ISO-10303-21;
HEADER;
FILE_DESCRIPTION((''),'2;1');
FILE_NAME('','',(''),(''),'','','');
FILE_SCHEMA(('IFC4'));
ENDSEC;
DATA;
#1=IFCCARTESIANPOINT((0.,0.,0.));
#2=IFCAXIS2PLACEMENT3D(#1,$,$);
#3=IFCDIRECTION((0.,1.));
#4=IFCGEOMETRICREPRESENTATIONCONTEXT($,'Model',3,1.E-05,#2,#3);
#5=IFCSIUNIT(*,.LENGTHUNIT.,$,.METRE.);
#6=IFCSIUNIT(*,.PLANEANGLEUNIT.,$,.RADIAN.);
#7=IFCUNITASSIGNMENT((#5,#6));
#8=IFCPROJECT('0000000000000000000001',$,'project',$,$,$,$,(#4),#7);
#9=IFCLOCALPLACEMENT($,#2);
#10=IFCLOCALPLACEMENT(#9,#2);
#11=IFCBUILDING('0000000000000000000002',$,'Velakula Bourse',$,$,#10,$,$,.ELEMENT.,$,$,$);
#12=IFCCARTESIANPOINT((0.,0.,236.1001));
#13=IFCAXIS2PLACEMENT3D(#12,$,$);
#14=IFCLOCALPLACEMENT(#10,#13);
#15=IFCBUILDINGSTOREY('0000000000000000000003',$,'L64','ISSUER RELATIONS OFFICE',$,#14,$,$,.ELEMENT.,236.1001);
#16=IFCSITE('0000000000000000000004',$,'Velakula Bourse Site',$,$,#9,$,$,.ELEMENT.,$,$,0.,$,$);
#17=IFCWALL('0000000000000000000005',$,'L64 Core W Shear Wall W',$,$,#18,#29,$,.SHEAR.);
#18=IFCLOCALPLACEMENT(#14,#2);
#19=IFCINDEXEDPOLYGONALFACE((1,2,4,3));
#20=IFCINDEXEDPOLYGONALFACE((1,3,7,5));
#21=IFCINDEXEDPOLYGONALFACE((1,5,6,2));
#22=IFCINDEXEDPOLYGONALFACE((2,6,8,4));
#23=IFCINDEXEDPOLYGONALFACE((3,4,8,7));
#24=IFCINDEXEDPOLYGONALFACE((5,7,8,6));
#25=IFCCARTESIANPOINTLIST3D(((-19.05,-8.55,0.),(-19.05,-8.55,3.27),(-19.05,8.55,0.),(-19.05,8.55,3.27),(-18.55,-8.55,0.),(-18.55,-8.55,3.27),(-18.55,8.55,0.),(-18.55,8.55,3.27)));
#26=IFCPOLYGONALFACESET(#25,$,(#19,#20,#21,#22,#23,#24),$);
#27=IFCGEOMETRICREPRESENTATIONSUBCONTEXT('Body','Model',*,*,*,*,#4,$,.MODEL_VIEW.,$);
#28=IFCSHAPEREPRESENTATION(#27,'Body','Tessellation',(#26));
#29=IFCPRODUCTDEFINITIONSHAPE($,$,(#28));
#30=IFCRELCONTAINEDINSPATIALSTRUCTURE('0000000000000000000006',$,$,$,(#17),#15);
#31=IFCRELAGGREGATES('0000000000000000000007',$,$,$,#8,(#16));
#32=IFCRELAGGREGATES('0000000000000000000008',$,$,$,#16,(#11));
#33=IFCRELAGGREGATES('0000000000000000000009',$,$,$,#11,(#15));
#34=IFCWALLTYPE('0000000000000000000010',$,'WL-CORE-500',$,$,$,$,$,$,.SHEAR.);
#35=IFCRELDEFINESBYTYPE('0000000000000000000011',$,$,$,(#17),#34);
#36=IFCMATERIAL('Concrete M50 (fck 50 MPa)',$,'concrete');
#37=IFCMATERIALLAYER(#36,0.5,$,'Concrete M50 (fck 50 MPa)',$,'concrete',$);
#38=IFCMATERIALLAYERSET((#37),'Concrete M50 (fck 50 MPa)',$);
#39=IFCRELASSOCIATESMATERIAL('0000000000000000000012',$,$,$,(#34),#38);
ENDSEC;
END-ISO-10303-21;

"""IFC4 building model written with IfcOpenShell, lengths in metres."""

from ifc_helpers import new_model, si_unit, direction, frame, frame_2d, origin, place, context, subcontext, project, spatial, rectangle, extrude, material, layer, layer_set, type_object, element, save


model = new_model("IFC4")

# Units and contexts
model_context = context("Model", 3, precision=1e-05, world=origin(), true_north=direction((0.0, 1.0)))
body_context = subcontext(model_context, "Body", "Model", "MODEL_VIEW")
ifc_project = project(units=[si_unit("LENGTHUNIT", "METRE"), si_unit("PLANEANGLEUNIT", "RADIAN")], contexts=[model_context])

# Site, building, storey
site_placement = place(None, origin())
site = spatial("IfcSite", under=ifc_project, at=site_placement, Name="Velakula Bourse Site", CompositionType="ELEMENT", RefElevation=0.0)
building_placement = place(site_placement, origin())
building = spatial("IfcBuilding", under=site, at=building_placement, Name="Velakula Bourse", CompositionType="ELEMENT")
storey_placement = place(building_placement, frame((0.0, 0.0, 236.1001)))
storey = spatial("IfcBuildingStorey", under=building, at=storey_placement, Name="L64", Description="ISSUER RELATIONS OFFICE", CompositionType="ELEMENT", Elevation=236.1001)

# Wall
ifc_material_1 = material(Name="Concrete M50 (fck 50 MPa)", Category="concrete")
ifc_layer = layer(ifc_material_1, 0.5, Name="Concrete M50 (fck 50 MPa)", Category="concrete")
ifc_layer_set = layer_set([ifc_layer], Name="Concrete M50 (fck 50 MPa)")
wall_type = type_object("IfcWallType", Name="WL-CORE-500", PredefinedType="SHEAR", material=ifc_layer_set)
wall_placement = place(storey_placement, frame((-18.8, -8.55, 0.0), z_axis=(0.0, 0.0, 1.0), x_axis=(0.0, 1.0, 0.0)))
element("IfcWall", 1, at=wall_placement, inside=storey, type_object=wall_type, Name="L64 Core W Shear Wall W", PredefinedType="SHEAR", context=body_context, shape_type="SweptSolid", body=[
    extrude(rectangle(XDim=17.1001, YDim=0.5, at=frame_2d((8.55, 0.0))), origin(), (0.0, 0.0, 1.0), 3.27),
])

save(model, "model.ifc")
